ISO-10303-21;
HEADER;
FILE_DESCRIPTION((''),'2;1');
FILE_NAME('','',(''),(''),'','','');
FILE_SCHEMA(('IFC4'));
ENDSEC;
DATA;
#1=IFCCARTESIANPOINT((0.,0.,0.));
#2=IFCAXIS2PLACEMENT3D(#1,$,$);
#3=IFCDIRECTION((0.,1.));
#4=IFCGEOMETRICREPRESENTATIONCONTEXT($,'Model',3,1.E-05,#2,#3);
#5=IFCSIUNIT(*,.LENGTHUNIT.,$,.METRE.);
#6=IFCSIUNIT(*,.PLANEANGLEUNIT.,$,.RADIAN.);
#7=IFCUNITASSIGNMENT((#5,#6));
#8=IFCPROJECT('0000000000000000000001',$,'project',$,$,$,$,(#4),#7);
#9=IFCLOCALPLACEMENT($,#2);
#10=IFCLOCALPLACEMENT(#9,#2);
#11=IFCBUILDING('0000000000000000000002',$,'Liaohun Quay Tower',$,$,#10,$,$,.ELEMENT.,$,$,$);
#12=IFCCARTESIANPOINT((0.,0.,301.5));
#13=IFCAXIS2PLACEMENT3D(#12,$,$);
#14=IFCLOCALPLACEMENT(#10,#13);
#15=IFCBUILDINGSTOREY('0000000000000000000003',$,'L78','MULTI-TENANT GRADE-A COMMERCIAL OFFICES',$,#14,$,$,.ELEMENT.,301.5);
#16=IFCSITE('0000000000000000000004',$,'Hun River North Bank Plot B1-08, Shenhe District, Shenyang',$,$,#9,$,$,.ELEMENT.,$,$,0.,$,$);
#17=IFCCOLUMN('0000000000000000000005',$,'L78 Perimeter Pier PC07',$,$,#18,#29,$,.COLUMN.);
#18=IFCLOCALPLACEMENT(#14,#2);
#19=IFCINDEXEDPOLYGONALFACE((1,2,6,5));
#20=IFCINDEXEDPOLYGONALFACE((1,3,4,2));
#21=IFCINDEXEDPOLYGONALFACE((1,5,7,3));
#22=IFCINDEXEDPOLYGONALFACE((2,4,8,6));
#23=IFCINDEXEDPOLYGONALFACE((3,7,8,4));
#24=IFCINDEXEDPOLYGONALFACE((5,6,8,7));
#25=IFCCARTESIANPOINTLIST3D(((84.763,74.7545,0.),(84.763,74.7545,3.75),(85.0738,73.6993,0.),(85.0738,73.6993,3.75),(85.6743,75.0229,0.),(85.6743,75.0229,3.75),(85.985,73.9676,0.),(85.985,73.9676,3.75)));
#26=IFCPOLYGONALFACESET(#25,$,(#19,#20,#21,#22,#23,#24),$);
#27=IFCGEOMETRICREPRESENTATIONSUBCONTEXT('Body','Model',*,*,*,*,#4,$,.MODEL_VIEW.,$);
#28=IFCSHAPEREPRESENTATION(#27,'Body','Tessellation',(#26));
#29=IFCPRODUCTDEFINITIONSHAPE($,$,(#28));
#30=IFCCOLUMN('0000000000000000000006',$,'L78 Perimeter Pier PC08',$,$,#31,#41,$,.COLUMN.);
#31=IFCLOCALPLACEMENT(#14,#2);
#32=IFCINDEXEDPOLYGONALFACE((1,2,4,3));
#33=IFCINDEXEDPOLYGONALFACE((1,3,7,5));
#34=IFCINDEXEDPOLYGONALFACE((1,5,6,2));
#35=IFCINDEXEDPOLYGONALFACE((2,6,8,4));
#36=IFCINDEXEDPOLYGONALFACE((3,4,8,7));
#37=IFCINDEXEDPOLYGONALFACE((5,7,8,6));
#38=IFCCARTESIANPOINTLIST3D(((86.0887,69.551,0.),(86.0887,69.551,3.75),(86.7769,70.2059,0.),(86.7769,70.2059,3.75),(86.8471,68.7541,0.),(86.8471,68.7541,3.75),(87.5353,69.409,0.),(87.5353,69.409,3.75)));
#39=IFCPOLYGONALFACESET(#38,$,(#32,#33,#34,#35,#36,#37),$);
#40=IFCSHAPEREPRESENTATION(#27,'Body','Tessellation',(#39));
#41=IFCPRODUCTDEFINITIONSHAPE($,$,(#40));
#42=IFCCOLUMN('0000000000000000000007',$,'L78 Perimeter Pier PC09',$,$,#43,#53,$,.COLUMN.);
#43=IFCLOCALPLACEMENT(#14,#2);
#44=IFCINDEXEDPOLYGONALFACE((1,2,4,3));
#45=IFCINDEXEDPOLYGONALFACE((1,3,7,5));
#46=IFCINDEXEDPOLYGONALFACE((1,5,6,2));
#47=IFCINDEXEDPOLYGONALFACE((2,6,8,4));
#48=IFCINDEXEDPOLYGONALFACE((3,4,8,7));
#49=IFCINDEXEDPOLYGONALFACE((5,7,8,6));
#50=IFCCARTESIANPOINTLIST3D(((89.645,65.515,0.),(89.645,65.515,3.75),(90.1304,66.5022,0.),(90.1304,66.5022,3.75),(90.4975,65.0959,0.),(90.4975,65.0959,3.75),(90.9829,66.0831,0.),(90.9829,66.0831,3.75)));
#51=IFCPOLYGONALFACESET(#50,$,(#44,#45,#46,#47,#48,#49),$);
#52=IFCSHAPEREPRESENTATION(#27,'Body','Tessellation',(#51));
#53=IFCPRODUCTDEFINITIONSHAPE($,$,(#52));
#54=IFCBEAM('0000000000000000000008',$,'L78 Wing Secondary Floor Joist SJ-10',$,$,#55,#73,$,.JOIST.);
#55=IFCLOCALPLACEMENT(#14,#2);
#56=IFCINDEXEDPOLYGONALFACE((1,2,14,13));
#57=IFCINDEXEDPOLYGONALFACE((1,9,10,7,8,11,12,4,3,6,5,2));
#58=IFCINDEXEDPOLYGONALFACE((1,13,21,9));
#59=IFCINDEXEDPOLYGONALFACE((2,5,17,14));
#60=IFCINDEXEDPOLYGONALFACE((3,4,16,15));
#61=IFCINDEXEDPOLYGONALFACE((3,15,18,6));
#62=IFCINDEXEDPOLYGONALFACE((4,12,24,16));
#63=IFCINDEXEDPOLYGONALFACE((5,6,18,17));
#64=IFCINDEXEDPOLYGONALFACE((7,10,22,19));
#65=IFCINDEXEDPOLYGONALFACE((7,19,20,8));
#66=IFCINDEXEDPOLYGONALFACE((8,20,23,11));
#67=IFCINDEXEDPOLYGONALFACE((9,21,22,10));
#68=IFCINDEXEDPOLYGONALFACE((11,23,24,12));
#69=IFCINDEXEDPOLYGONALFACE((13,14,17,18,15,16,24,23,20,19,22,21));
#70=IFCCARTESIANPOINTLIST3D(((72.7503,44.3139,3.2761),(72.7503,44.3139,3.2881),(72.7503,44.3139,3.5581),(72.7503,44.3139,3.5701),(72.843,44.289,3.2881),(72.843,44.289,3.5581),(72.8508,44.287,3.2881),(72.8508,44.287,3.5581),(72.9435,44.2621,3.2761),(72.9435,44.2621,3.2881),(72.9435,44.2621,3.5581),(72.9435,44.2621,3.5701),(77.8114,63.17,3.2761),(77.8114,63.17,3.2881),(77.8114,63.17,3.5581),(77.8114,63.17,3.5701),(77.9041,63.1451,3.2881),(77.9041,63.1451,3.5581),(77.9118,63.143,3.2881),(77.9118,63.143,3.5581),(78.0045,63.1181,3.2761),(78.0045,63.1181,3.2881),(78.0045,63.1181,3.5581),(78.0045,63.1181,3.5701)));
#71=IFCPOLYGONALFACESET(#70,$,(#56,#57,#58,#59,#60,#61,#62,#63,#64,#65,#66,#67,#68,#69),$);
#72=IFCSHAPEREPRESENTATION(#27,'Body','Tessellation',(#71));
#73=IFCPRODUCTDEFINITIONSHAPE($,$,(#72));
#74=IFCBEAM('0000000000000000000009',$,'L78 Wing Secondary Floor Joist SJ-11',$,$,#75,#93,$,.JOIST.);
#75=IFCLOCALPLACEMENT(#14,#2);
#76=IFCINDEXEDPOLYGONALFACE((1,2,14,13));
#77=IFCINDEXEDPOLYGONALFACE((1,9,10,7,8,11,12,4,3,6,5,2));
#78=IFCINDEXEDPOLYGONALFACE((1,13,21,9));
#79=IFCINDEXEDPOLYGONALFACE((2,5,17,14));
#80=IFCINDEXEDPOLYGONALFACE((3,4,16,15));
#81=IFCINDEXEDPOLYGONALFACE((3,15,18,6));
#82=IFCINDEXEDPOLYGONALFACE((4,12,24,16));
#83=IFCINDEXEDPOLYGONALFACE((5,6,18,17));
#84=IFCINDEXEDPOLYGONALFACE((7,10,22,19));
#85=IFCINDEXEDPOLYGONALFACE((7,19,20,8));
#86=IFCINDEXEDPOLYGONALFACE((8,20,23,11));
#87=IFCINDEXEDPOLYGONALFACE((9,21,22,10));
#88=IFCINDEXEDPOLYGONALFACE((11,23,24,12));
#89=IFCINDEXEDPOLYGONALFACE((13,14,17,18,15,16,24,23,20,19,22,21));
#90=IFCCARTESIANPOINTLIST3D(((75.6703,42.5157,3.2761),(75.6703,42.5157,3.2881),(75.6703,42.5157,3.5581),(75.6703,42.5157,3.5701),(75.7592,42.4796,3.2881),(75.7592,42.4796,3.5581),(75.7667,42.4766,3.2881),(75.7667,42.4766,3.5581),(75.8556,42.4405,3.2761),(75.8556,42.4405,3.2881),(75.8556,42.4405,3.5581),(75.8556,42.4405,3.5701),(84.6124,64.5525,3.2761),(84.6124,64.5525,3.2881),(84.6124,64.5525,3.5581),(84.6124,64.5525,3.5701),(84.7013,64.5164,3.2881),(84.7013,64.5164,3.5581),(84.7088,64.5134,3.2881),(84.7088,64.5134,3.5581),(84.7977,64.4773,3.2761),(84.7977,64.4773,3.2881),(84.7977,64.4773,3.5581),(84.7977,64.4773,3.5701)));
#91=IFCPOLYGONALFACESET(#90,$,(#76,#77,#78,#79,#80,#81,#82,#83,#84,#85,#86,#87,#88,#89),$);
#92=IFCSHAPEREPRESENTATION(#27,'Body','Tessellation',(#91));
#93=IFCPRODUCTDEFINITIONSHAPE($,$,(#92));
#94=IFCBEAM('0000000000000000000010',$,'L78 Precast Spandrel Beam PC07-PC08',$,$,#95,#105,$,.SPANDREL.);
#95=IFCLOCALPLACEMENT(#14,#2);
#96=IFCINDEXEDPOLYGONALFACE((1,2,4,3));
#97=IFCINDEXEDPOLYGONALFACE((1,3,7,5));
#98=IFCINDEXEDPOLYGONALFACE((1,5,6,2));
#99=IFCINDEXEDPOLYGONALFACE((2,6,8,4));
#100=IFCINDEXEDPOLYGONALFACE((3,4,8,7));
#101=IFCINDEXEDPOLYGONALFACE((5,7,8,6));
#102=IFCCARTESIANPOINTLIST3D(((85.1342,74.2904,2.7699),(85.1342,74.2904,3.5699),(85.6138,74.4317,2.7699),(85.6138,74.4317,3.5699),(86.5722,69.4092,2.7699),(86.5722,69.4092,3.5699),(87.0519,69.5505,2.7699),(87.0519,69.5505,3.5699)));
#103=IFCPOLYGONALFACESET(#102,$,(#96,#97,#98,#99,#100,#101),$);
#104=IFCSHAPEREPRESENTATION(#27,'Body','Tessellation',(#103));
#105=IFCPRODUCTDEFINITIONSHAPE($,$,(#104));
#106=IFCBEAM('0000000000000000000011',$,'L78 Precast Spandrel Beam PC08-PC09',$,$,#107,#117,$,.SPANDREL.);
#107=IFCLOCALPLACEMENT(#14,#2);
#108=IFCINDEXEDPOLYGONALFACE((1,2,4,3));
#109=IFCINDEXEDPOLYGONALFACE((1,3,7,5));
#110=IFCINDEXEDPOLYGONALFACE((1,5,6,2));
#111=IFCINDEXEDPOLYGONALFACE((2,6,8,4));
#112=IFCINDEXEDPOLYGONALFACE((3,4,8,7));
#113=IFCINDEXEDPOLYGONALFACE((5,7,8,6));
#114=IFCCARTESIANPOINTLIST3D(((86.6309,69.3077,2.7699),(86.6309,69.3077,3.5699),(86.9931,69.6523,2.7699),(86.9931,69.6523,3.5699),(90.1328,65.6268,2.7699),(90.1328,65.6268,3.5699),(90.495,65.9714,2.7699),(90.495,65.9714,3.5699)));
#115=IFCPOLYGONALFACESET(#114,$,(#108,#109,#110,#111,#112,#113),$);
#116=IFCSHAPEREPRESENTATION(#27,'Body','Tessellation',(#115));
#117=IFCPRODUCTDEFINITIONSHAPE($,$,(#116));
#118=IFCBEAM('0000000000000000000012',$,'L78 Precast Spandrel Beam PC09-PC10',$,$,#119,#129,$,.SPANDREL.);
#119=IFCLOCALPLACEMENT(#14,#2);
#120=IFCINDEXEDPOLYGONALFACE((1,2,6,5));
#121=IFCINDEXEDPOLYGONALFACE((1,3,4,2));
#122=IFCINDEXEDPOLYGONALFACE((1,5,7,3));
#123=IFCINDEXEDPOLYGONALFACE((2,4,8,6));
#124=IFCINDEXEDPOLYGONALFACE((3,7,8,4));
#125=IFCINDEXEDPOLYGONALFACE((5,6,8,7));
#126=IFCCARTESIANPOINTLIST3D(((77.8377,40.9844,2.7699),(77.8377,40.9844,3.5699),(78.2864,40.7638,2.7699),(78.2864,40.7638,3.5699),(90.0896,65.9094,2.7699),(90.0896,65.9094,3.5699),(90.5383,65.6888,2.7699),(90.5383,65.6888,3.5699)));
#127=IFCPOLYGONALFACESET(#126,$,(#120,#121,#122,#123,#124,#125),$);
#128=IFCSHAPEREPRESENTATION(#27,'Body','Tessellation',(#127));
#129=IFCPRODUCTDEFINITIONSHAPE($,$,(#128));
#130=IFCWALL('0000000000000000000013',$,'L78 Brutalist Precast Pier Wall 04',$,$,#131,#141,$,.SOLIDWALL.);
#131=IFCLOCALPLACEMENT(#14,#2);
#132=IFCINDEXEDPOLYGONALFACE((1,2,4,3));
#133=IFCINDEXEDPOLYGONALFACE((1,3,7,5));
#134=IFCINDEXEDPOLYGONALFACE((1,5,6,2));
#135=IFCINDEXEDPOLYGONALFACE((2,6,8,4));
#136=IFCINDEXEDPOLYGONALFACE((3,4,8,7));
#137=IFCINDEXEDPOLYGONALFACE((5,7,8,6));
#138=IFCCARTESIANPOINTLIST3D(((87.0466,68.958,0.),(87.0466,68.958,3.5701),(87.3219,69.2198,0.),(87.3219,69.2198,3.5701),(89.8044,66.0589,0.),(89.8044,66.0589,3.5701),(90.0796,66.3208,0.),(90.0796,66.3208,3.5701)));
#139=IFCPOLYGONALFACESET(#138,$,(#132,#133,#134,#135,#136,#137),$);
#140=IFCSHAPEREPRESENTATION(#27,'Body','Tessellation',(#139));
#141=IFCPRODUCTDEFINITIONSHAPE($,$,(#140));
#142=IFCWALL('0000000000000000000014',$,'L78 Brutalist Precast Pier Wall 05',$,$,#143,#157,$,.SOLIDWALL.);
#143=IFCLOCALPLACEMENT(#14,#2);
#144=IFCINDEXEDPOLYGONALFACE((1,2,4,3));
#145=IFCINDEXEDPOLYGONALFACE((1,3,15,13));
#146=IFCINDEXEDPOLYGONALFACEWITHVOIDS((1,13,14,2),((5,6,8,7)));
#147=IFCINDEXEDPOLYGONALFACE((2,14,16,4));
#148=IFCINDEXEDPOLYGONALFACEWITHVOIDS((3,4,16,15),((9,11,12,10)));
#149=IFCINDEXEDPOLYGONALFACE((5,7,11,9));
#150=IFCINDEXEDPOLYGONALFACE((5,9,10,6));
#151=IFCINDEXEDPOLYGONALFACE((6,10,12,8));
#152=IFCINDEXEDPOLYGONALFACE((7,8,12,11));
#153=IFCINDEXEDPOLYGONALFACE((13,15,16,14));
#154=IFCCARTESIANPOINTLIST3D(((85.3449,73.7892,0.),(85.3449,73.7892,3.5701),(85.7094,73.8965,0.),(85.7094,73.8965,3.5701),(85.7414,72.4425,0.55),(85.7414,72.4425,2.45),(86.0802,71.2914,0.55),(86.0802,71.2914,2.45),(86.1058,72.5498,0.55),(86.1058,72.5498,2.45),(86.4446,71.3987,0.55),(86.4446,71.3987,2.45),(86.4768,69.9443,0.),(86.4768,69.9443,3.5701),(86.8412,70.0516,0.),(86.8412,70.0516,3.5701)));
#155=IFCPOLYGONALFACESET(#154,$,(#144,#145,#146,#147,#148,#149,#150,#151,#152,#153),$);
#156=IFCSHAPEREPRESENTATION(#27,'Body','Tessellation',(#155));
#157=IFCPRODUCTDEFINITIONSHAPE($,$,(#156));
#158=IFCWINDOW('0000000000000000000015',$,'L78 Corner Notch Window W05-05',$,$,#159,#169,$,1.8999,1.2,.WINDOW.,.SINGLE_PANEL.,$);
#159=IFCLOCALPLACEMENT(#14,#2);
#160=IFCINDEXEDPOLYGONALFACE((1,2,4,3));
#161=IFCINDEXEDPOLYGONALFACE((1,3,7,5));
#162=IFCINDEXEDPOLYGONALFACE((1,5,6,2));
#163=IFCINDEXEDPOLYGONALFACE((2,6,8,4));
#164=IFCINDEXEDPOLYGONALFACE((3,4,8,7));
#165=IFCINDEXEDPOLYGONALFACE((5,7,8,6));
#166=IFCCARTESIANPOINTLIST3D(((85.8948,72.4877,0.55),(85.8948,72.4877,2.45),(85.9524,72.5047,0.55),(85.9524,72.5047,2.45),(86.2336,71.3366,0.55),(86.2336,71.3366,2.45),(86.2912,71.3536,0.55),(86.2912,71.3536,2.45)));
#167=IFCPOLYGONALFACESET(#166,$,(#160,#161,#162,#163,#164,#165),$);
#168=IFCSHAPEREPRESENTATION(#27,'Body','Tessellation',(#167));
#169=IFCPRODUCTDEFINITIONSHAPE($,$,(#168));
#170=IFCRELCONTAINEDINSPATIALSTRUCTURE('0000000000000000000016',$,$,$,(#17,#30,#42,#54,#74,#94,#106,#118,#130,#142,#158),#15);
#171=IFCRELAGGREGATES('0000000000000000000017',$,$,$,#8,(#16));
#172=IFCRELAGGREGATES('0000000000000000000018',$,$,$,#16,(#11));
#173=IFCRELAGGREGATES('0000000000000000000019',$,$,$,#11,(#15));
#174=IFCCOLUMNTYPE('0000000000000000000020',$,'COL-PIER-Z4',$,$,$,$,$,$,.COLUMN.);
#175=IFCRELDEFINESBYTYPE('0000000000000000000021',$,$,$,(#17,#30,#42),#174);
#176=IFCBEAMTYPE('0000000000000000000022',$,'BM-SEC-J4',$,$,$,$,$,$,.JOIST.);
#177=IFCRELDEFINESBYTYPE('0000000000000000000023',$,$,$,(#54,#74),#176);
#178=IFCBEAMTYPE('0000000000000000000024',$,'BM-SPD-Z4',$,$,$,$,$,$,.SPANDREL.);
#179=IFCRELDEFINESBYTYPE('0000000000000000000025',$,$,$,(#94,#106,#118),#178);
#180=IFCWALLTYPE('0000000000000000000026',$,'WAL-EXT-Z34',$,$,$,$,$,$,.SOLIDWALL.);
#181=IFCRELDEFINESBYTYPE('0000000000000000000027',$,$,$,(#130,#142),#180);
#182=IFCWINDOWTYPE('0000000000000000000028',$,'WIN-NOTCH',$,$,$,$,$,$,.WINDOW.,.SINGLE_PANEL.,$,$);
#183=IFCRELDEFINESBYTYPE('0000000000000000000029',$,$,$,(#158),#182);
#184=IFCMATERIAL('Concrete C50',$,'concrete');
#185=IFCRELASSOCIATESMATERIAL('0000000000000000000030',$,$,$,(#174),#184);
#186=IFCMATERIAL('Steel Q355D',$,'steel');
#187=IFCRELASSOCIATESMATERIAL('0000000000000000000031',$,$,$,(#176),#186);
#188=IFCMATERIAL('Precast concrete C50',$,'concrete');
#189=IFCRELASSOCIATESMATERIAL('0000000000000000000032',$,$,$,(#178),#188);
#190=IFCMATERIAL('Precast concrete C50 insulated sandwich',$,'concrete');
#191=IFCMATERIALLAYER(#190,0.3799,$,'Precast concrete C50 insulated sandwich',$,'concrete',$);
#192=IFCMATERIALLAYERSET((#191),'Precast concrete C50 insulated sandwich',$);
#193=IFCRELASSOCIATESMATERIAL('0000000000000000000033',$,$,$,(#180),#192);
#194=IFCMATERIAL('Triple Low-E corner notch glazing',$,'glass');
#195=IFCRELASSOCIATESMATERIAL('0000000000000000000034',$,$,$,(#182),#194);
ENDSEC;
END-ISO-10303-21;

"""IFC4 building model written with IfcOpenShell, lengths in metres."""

from ifc_helpers import new_model, si_unit, direction, frame, frame_2d, origin, origin_2d, place, context, subcontext, project, spatial, rectangle, i_section, extrude, source, transform, mapped, material, layer, layer_set, material_profile, profile_set, type_object, element, fill, save


model = new_model("IFC4")

# Units and contexts
model_context = context("Model", 3, precision=1e-05, world=origin(), true_north=direction((0.0, 1.0)))
body_context = subcontext(model_context, "Body", "Model", "MODEL_VIEW")
ifc_project = project(units=[si_unit("LENGTHUNIT", "METRE"), si_unit("PLANEANGLEUNIT", "RADIAN")], contexts=[model_context])

# Site, building, storey
site_placement = place(None, origin())
site = spatial("IfcSite", under=ifc_project, at=site_placement, Name="Hun River North Bank Plot B1-08, Shenhe District, Shenyang", CompositionType="ELEMENT", RefElevation=0.0)
building_placement = place(site_placement, origin())
building = spatial("IfcBuilding", under=site, at=building_placement, Name="Liaohun Quay Tower", CompositionType="ELEMENT")
storey_placement = place(building_placement, frame((0.0, 0.0, 301.5)))
storey = spatial("IfcBuildingStorey", under=building, at=storey_placement, Name="L78", Description="MULTI-TENANT GRADE-A COMMERCIAL OFFICES", CompositionType="ELEMENT", Elevation=301.5)

# Columns
ifc_material_1 = material(Name="Concrete C50", Category="concrete")
ifc_material_profile_1 = material_profile(ifc_material_1, rectangle(XDim=1.1001, YDim=0.95, at=origin_2d()), Name="RC1100x950")
ifc_profile_set_1 = profile_set([ifc_material_profile_1], Name="Concrete C50")
column_type = type_object("IfcColumnType", Name="COL-PIER-Z4", PredefinedType="COLUMN", material=ifc_profile_set_1)
shared_shape_1 = source(origin(), body_context, "Body", "SweptSolid", [
    extrude(rectangle(XDim=1.1001, YDim=0.95, at=origin_2d()), origin(), (0.0, 0.0, 1.0), 3.75),
])
for number, where, z_axis, x_axis, name in (
    (1, (85.374, 74.3611, 0.0), (0.0, 0.0, 1.0), (-0.282509, 0.959265, 0.0), "L78 Perimeter Pier PC07"),
    (2, (86.812, 69.48, 0.0), (0.0, 0.0, 1.0), (-0.689367, 0.724413, 0.0), "L78 Perimeter Pier PC08"),
    (3, (90.314, 65.7991, 0.0), (0.0, 0.0, 1.0), (0.441193, 0.897412, 0.0), "L78 Perimeter Pier PC09"),
):
    element("IfcColumn", number, at=place(storey_placement, frame(where, z_axis=z_axis, x_axis=x_axis)), inside=storey, type_object=column_type, Name=name, PredefinedType="COLUMN", context=body_context, shape_type="MappedRepresentation", body=[
        mapped(shared_shape_1, transform((0.0, 0.0, 0.0), x_axis=(1.0, 0.0, 0.0), y_axis=(0.0, 1.0, 0.0), z_axis=(0.0, 0.0, 1.0), scale=1.0)),
    ])

# Beams
ifc_material_2 = material(Name="Steel Q355D", Category="steel")
ifc_material_profile_2 = material_profile(ifc_material_2, i_section(OverallWidth=0.2, OverallDepth=0.2939, WebThickness=0.0081, FlangeThickness=0.012, at=origin_2d()), Name="HM294x200x8x12")
ifc_profile_set_2 = profile_set([ifc_material_profile_2], Name="Steel Q355D")
beam_type_1 = type_object("IfcBeamType", Name="BM-SEC-J4", PredefinedType="JOIST", material=ifc_profile_set_2)
shared_shape_2 = source(origin(), body_context, "Body", "SweptSolid", [
    extrude(i_section(OverallWidth=0.2, OverallDepth=0.2939, WebThickness=0.0081, FlangeThickness=0.012, at=origin_2d()), origin(), (0.0, 0.0, 1.0), 19.5234),
])
beam_1_placement = place(storey_placement, frame((77.908, 63.144, 3.4231), z_axis=(-0.25923, -0.965816, 0.0), x_axis=(0.965816, -0.25923, 0.0)))
element("IfcBeam", 4, at=beam_1_placement, inside=storey, type_object=beam_type_1, Name="L78 Wing Secondary Floor Joist SJ-10", PredefinedType="JOIST", context=body_context, shape_type="MappedRepresentation", body=[
    mapped(shared_shape_2, transform((0.0, 0.0, 0.0), x_axis=(1.0, 0.0, 0.0), y_axis=(0.0, 1.0, 0.0), z_axis=(0.0, 0.0, 1.0), scale=1.0)),
])
shared_shape_3 = source(origin(), body_context, "Body", "SweptSolid", [
    extrude(i_section(OverallWidth=0.2, OverallDepth=0.2939, WebThickness=0.0081, FlangeThickness=0.012, at=origin_2d()), origin(), (0.0, 0.0, 1.0), 23.782),
])
beam_2_placement = place(storey_placement, frame((84.7051, 64.5149, 3.4231), z_axis=(-0.376004, -0.926618, 0.0), x_axis=(0.926618, -0.376004, 0.0)))
element("IfcBeam", 5, at=beam_2_placement, inside=storey, type_object=beam_type_1, Name="L78 Wing Secondary Floor Joist SJ-11", PredefinedType="JOIST", context=body_context, shape_type="MappedRepresentation", body=[
    mapped(shared_shape_3, transform((0.0, 0.0, 0.0), x_axis=(1.0, 0.0, 0.0), y_axis=(0.0, 1.0, 0.0), z_axis=(0.0, 0.0, 1.0), scale=1.0)),
])
ifc_material_3 = material(Name="Precast concrete C50", Category="concrete")
ifc_material_profile_3 = material_profile(ifc_material_3, rectangle(XDim=0.5, YDim=0.8, at=origin_2d()), Name="RC500x800")
ifc_profile_set_3 = profile_set([ifc_material_profile_3], Name="Precast concrete C50")
beam_type_2 = type_object("IfcBeamType", Name="BM-SPD-Z4", PredefinedType="SPANDREL", material=ifc_profile_set_3)
shared_shape_4 = source(origin(), body_context, "Body", "SweptSolid", [
    extrude(rectangle(XDim=0.5, YDim=0.8, at=origin_2d()), origin(), (0.0, 0.0, 1.0), 5.0886),
])
beam_3_placement = place(storey_placement, frame((85.374, 74.3611, 3.1699), z_axis=(0.282595, -0.959239, 0.0), x_axis=(0.959239, 0.282595, 0.0)))
element("IfcBeam", 6, at=beam_3_placement, inside=storey, type_object=beam_type_2, Name="L78 Precast Spandrel Beam PC07-PC08", PredefinedType="SPANDREL", context=body_context, shape_type="MappedRepresentation", body=[
    mapped(shared_shape_4, transform((0.0, 0.0, 0.0), x_axis=(1.0, 0.0, 0.0), y_axis=(0.0, 1.0, 0.0), z_axis=(0.0, 0.0, 1.0), scale=1.0)),
])
shared_shape_5 = source(origin(), body_context, "Body", "SweptSolid", [
    extrude(rectangle(XDim=0.5, YDim=0.8, at=origin_2d()), origin(), (0.0, 0.0, 1.0), 5.0806),
])
beam_4_placement = place(storey_placement, frame((86.812, 69.48, 3.1699), z_axis=(0.689276, -0.724499, 0.0), x_axis=(0.724499, 0.689276, 0.0)))
element("IfcBeam", 7, at=beam_4_placement, inside=storey, type_object=beam_type_2, Name="L78 Precast Spandrel Beam PC08-PC09", PredefinedType="SPANDREL", context=body_context, shape_type="MappedRepresentation", body=[
    mapped(shared_shape_5, transform((0.0, 0.0, 0.0), x_axis=(1.0, 0.0, 0.0), y_axis=(0.0, 1.0, 0.0), z_axis=(0.0, 0.0, 1.0), scale=1.0)),
])
shared_shape_6 = source(origin(), body_context, "Body", "SweptSolid", [
    extrude(rectangle(XDim=0.5, YDim=0.8, at=origin_2d()), origin(), (0.0, 0.0, 1.0), 27.7734),
])
beam_5_placement = place(storey_placement, frame((90.314, 65.7991, 3.1699), z_axis=(-0.441138, -0.897439, 0.0), x_axis=(0.897439, -0.441138, 0.0)))
element("IfcBeam", 8, at=beam_5_placement, inside=storey, type_object=beam_type_2, Name="L78 Precast Spandrel Beam PC09-PC10", PredefinedType="SPANDREL", context=body_context, shape_type="MappedRepresentation", body=[
    mapped(shared_shape_6, transform((0.0, 0.0, 0.0), x_axis=(1.0, 0.0, 0.0), y_axis=(0.0, 1.0, 0.0), z_axis=(0.0, 0.0, 1.0), scale=1.0)),
])

# Wall
ifc_material_4 = material(Name="Precast concrete C50 insulated sandwich", Category="concrete")
ifc_layer_1 = layer(ifc_material_4, 0.3799, Name="Precast concrete C50 insulated sandwich", Category="concrete")
ifc_layer_set_1 = layer_set([ifc_layer_1], Name="Precast concrete C50 insulated sandwich")
wall_type_1 = type_object("IfcWallType", Name="WAL-EXT-Z34", PredefinedType="SOLIDWALL", material=ifc_layer_set_1)
wall_1_placement = place(storey_placement, frame((89.9419, 66.1899, 0.0), z_axis=(0.0, 0.0, 1.0), x_axis=(-0.689222, 0.72455, 0.0)))
element("IfcWall", 9, at=wall_1_placement, inside=storey, type_object=wall_type_1, Name="L78 Brutalist Precast Pier Wall 04", PredefinedType="SOLIDWALL", context=body_context, shape_type="SweptSolid", body=[
    extrude(rectangle(XDim=4.0012, YDim=0.3799, at=frame_2d((2.0005, 0.0))), origin(), (0.0, 0.0, 1.0), 3.5701),
])

# Wall, opening, window
wall_2_placement = place(storey_placement, frame((86.6589, 69.998, 0.0), z_axis=(0.0, 0.0, 1.0), x_axis=(-0.282387, 0.9593, 0.0)))
wall_2 = element("IfcWall", 10, at=wall_2_placement, inside=storey, type_object=wall_type_1, Name="L78 Brutalist Precast Pier Wall 05", PredefinedType="SOLIDWALL", context=body_context, shape_type="SweptSolid", body=[
    extrude(rectangle(XDim=4.0081, YDim=0.3799, at=frame_2d((2.0039, 0.0))), origin(), (0.0, 0.0, 1.0), 3.5701),
])
shared_shape_7 = source(origin(), body_context, "Body", "SweptSolid", [
    extrude(rectangle(XDim=1.2, YDim=1.8999, at=frame_2d((0.6001, 0.95))), frame((0.0, 0.2, 0.0), z_axis=(0.0, -1.0, 0.0), x_axis=(1.0, 0.0, 0.0)), (0.0, 0.0, 1.0), 0.3999),
])
opening_1_placement = place(wall_2_placement, frame((1.4041, 0.0, 0.55)))
opening_1 = element("IfcOpeningElement", 11, at=opening_1_placement, cuts=wall_2, PredefinedType="OPENING", context=body_context, shape_type="MappedRepresentation", body=[
    mapped(shared_shape_7, transform((0.0, 0.0, 0.0), x_axis=(1.0, 0.0, 0.0), y_axis=(0.0, 1.0, 0.0), z_axis=(0.0, 0.0, 1.0), scale=1.0)),
])
ifc_material_5 = material(Name="Triple Low-E corner notch glazing", Category="glass")
window_type_1 = type_object("IfcWindowType", Name="WIN-NOTCH", PartitioningType="SINGLE_PANEL", PredefinedType="WINDOW", material=ifc_material_5)
shared_shape_8 = source(origin(), body_context, "Body", "SweptSolid", [
    extrude(rectangle(XDim=1.2, YDim=1.8999, at=frame_2d((0.6001, 0.95))), frame((0.0, 0.03, 0.0), z_axis=(0.0, -1.0, 0.0), x_axis=(1.0, 0.0, 0.0)), (0.0, 0.0, 1.0), 0.0601),
])
window_1_placement = place(opening_1_placement, origin())
window_1 = element("IfcWindow", 12, at=window_1_placement, inside=storey, type_object=window_type_1, Name="L78 Corner Notch Window W05-05", OverallHeight=1.8999, OverallWidth=1.2, PartitioningType="SINGLE_PANEL", PredefinedType="WINDOW", context=body_context, shape_type="MappedRepresentation", body=[
    mapped(shared_shape_8, transform((0.0, 0.0, 0.0), x_axis=(1.0, 0.0, 0.0), y_axis=(0.0, 1.0, 0.0), z_axis=(0.0, 0.0, 1.0), scale=1.0)),
])
fill(opening_1, window_1)

save(model, "model.ifc")
